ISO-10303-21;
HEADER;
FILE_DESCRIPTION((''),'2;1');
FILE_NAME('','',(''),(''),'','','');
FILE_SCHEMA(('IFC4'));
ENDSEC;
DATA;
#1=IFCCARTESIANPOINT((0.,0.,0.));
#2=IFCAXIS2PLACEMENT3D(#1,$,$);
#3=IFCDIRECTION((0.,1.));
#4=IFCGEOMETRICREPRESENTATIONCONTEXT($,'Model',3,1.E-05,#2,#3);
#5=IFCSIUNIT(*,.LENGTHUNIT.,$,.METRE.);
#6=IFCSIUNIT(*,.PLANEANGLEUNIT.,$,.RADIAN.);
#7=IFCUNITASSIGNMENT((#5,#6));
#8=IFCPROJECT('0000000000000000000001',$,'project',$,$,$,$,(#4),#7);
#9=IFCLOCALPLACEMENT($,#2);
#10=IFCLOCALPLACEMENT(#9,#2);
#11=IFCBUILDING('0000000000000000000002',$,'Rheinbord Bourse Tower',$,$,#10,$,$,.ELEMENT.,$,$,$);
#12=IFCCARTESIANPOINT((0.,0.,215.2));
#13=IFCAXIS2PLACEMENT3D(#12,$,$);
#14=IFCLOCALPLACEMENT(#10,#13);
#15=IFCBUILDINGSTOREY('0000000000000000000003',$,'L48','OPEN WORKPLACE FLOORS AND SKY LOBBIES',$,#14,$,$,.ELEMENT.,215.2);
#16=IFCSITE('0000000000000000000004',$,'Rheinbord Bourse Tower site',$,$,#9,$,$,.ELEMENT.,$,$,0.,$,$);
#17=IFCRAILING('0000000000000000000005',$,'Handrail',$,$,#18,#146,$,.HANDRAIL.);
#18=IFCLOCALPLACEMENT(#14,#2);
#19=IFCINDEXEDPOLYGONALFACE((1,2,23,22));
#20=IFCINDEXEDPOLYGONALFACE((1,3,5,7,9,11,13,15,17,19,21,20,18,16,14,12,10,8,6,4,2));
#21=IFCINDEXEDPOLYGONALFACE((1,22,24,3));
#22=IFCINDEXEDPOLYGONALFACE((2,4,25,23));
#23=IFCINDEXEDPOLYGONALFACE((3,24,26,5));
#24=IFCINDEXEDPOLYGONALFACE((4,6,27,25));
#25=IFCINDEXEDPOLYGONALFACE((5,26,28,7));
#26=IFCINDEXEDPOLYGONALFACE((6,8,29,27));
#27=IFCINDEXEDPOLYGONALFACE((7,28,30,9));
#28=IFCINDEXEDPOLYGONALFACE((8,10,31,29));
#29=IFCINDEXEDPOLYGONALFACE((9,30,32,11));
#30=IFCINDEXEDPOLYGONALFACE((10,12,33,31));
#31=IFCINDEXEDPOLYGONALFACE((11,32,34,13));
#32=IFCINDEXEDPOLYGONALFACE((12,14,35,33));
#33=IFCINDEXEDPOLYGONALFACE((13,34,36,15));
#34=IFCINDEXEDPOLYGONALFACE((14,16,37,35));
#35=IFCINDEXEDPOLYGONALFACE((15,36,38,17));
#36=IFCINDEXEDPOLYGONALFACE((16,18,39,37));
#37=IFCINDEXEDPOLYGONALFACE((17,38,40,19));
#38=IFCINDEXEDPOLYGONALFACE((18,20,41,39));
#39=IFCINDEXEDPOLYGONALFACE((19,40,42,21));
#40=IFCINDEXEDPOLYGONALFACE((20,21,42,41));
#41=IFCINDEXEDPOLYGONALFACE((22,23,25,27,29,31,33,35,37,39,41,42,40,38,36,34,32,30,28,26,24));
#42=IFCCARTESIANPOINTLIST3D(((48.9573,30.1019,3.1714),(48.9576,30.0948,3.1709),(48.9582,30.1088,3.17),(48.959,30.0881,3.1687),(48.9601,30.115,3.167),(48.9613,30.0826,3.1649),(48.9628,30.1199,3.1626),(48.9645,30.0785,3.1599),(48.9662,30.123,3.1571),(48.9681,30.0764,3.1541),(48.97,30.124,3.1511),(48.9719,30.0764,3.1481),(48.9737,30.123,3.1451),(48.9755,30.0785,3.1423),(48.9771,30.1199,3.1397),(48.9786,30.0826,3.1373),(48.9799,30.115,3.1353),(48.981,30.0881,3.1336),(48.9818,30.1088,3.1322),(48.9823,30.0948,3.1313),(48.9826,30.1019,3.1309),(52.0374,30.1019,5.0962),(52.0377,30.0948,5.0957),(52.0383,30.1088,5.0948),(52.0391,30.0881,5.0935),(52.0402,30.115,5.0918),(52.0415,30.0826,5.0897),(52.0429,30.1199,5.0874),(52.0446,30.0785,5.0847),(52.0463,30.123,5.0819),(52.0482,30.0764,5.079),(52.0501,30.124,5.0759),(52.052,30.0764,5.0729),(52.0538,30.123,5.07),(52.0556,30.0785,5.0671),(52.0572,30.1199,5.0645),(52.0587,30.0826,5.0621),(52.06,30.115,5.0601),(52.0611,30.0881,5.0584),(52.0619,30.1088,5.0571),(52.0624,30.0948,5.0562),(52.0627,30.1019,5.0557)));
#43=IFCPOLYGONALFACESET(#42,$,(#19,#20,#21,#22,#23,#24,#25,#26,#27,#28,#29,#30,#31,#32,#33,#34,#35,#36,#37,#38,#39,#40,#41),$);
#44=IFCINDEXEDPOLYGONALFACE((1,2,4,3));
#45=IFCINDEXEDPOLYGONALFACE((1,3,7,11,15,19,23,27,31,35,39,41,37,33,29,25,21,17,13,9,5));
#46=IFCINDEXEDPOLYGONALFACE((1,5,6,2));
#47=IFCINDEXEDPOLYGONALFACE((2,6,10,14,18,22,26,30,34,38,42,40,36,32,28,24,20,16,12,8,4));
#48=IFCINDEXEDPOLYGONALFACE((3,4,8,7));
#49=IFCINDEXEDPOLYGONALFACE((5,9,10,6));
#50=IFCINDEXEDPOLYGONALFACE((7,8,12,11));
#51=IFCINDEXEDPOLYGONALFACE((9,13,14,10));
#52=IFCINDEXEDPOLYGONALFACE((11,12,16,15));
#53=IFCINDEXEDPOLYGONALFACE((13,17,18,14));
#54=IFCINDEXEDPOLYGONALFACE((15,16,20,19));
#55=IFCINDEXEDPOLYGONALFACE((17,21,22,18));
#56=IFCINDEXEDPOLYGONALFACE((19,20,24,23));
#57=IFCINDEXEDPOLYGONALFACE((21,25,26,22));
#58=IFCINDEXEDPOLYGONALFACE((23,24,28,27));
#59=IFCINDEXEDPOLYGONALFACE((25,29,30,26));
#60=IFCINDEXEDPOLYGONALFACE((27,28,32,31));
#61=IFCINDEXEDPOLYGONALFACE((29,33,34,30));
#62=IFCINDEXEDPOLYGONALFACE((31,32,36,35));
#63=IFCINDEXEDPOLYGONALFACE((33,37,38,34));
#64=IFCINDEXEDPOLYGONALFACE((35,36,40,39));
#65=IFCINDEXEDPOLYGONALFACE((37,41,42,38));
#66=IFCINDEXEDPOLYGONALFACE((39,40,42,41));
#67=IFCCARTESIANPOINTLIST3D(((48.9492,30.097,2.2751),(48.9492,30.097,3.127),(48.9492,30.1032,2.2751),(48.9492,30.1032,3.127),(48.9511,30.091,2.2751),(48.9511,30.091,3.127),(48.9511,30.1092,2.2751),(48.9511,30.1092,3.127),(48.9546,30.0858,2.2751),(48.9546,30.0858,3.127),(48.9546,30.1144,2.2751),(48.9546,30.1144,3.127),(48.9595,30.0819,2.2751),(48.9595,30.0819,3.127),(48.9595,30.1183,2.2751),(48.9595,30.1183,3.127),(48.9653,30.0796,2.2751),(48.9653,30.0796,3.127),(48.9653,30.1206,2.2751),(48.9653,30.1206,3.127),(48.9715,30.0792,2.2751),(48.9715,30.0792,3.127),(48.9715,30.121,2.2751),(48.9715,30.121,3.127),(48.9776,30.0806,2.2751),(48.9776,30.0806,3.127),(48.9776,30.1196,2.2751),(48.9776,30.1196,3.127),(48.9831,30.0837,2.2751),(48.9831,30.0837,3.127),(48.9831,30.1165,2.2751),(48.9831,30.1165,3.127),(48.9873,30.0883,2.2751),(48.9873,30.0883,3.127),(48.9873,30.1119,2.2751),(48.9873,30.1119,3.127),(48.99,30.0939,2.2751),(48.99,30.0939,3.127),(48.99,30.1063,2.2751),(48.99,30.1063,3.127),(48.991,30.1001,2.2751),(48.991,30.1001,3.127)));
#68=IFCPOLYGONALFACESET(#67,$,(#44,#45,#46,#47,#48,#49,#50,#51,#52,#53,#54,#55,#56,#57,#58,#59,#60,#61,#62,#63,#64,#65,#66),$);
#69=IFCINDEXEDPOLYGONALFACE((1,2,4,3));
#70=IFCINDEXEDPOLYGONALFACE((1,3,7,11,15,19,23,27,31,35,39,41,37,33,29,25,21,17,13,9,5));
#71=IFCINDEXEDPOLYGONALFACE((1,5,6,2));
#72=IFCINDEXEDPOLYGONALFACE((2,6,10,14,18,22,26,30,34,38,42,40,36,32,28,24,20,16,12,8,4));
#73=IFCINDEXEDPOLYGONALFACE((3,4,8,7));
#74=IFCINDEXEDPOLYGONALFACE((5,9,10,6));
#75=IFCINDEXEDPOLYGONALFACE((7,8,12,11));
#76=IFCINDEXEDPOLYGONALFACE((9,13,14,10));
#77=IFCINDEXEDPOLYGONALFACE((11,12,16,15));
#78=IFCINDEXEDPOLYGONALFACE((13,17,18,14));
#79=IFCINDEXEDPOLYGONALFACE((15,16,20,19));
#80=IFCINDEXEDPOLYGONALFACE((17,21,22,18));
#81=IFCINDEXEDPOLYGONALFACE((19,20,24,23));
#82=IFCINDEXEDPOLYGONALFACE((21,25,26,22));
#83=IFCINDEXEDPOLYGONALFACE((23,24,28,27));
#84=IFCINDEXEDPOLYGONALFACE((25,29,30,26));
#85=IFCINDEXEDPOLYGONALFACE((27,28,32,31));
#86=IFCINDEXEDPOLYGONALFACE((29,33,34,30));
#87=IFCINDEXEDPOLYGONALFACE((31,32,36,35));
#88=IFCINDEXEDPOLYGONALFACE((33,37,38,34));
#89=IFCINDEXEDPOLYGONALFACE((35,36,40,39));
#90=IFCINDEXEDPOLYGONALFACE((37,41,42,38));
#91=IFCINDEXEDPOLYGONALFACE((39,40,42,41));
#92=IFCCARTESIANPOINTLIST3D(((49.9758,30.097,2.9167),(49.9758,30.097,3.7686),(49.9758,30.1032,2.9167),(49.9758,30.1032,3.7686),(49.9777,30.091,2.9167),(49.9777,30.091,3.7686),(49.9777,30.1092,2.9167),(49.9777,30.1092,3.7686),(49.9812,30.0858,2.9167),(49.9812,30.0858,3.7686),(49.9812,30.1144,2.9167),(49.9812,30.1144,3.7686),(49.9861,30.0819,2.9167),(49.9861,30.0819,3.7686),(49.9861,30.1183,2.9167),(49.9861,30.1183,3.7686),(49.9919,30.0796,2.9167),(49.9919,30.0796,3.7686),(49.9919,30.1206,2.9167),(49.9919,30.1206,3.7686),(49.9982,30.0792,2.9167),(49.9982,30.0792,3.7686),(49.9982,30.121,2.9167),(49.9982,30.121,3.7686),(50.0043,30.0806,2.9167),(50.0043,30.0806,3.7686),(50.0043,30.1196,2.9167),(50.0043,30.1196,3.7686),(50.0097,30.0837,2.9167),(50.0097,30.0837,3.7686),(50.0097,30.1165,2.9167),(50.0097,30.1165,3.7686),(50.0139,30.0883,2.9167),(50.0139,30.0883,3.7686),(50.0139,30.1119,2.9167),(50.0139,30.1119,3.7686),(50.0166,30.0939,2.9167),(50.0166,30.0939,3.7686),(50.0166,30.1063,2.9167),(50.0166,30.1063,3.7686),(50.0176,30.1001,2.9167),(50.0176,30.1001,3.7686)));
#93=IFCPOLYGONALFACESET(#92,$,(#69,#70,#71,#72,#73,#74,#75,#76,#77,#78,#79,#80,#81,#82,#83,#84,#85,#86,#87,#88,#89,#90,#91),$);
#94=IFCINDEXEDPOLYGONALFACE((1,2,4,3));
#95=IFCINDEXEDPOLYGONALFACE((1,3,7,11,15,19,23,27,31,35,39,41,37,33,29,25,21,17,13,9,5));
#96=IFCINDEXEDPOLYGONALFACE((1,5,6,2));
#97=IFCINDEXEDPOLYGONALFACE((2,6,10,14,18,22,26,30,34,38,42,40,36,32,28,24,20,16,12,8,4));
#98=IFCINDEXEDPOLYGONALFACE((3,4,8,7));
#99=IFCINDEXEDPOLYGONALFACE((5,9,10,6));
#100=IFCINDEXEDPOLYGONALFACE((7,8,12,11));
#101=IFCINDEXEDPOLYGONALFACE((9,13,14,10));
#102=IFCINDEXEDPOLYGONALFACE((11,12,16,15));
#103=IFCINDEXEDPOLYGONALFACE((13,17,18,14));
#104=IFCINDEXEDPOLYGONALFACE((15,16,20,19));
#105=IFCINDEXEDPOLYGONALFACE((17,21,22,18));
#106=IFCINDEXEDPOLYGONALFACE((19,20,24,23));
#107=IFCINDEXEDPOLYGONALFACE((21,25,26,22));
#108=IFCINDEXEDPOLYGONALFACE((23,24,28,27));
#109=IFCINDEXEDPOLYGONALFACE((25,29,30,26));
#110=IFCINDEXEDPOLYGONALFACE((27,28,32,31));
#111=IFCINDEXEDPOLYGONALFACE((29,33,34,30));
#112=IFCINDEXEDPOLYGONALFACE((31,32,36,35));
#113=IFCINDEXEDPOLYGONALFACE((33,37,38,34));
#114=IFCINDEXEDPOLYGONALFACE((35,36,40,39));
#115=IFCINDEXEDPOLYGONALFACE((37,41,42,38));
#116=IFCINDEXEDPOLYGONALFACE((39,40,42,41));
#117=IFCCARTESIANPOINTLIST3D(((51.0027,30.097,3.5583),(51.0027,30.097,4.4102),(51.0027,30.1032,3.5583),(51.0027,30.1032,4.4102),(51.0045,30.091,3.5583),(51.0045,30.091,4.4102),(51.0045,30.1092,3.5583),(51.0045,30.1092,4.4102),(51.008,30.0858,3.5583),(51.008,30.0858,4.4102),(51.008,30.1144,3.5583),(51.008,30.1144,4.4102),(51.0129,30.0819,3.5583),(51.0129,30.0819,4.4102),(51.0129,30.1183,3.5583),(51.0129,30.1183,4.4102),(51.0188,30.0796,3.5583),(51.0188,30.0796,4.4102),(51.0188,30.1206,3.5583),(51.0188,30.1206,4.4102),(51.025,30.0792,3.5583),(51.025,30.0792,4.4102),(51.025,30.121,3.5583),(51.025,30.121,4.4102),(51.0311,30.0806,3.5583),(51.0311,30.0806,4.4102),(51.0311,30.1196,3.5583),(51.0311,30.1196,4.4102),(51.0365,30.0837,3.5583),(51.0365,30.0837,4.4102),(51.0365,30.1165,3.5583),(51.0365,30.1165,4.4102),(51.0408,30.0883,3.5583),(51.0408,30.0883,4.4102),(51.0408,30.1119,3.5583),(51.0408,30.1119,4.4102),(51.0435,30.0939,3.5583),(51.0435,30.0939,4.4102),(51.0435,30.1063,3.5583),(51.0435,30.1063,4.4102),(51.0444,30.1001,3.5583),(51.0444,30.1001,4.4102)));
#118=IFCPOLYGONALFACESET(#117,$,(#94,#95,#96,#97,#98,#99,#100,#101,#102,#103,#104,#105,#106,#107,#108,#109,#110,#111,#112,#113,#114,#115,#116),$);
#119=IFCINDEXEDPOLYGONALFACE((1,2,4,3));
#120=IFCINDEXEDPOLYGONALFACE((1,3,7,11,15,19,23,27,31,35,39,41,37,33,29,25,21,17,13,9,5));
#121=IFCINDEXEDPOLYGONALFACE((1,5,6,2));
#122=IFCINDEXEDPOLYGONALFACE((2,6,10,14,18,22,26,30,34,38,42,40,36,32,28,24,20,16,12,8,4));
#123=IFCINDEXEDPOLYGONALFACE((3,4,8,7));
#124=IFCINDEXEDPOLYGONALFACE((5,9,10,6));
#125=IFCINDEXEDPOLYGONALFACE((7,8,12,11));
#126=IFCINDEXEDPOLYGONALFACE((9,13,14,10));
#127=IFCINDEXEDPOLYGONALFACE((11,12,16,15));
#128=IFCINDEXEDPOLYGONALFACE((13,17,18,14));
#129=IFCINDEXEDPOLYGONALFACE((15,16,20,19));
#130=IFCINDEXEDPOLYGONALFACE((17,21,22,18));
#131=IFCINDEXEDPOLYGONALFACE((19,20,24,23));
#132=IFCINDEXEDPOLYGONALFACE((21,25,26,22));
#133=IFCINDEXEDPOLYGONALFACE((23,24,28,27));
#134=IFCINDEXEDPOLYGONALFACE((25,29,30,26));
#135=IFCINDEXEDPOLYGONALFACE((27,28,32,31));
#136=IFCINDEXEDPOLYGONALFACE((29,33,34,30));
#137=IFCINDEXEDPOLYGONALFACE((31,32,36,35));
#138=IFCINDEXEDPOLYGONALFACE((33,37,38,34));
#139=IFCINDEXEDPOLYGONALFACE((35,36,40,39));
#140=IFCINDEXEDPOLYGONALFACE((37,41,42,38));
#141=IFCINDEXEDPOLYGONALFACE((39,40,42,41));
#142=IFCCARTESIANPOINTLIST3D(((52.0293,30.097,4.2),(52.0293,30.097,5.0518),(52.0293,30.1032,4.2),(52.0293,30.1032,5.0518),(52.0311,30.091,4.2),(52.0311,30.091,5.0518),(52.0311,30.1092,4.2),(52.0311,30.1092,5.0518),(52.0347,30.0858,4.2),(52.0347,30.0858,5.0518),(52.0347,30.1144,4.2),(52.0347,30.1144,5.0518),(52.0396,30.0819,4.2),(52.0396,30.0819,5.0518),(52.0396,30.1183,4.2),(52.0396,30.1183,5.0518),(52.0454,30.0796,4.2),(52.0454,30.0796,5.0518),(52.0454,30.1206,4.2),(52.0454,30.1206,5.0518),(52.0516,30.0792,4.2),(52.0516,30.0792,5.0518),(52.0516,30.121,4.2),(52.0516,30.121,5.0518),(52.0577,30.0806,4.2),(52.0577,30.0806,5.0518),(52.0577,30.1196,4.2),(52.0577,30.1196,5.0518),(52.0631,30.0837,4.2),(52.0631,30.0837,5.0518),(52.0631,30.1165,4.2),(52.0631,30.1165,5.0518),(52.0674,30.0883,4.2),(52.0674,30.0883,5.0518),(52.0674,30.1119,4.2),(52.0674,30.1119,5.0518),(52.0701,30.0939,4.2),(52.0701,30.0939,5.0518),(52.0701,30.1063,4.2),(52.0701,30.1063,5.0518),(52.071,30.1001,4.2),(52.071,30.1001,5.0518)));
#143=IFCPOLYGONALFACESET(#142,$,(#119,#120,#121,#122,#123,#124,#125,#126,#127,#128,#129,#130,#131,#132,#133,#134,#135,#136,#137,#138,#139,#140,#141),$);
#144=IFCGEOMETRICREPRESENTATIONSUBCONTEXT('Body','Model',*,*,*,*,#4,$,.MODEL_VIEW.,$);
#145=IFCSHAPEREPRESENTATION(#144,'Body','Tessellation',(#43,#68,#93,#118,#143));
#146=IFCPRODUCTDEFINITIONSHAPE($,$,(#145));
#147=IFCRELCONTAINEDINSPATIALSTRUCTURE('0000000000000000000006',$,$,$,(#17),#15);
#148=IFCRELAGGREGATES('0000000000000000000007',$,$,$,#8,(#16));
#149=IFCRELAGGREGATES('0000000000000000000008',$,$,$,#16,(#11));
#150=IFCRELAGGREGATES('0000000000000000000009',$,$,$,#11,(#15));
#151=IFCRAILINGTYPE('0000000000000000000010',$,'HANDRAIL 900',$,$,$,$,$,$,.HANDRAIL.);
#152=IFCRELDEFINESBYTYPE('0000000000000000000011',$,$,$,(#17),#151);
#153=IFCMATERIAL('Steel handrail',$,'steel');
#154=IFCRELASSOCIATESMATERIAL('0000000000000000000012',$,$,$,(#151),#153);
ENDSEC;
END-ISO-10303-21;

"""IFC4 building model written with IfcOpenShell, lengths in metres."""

from ifc_helpers import new_model, si_unit, direction, frame, origin, origin_2d, place, context, subcontext, project, spatial, circle, extrude, material, type_object, element, save


model = new_model("IFC4")

# Units and contexts
model_context = context("Model", 3, precision=1e-05, world=origin(), true_north=direction((0.0, 1.0)))
body_context = subcontext(model_context, "Body", "Model", "MODEL_VIEW")
ifc_project = project(units=[si_unit("LENGTHUNIT", "METRE"), si_unit("PLANEANGLEUNIT", "RADIAN")], contexts=[model_context])

# Site, building, storey
site_placement = place(None, origin())
site = spatial("IfcSite", under=ifc_project, at=site_placement, Name="Rheinbord Bourse Tower site", CompositionType="ELEMENT", RefElevation=0.0)
building_placement = place(site_placement, origin())
building = spatial("IfcBuilding", under=site, at=building_placement, Name="Rheinbord Bourse Tower", CompositionType="ELEMENT")
storey_placement = place(building_placement, frame((0.0, 0.0, 215.2)))
storey = spatial("IfcBuildingStorey", under=building, at=storey_placement, Name="L48", Description="OPEN WORKPLACE FLOORS AND SKY LOBBIES", CompositionType="ELEMENT", Elevation=215.2)

# Railing
ifc_material_1 = material(Name="Steel handrail", Category="steel")
railing_type = type_object("IfcRailingType", Name="HANDRAIL 900", PredefinedType="HANDRAIL", material=ifc_material_1)
railing_1_placement = place(storey_placement, frame((48.97, 30.1001, 2.2751)))
element("IfcRailing", 1, at=railing_1_placement, inside=storey, type_object=railing_type, Name="Handrail", PredefinedType="HANDRAIL", context=body_context, shape_type="SweptSolid", body=[
    extrude(circle(Radius=0.0239, at=origin_2d()), frame((0.0, 0.0, 0.876), z_axis=(0.848029, 0.0, 0.529951), x_axis=(0.0, 1.0, 0.0)), (0.0, 0.0, 1.0), 3.6321),
    extrude(circle(Radius=0.021, at=origin_2d()), origin(), (0.0, 0.0, 1.0), 0.8518),
    extrude(circle(Radius=0.021, at=origin_2d()), frame((1.0266, 0.0, 0.6416)), (0.0, 0.0, 1.0), 0.8518),
    extrude(circle(Radius=0.021, at=origin_2d()), frame((2.0535, 0.0, 1.2832)), (0.0, 0.0, 1.0), 0.8518),
    extrude(circle(Radius=0.021, at=origin_2d()), frame((3.0801, 0.0, 1.9248)), (0.0, 0.0, 1.0), 0.8518),
])

save(model, "model.ifc")
